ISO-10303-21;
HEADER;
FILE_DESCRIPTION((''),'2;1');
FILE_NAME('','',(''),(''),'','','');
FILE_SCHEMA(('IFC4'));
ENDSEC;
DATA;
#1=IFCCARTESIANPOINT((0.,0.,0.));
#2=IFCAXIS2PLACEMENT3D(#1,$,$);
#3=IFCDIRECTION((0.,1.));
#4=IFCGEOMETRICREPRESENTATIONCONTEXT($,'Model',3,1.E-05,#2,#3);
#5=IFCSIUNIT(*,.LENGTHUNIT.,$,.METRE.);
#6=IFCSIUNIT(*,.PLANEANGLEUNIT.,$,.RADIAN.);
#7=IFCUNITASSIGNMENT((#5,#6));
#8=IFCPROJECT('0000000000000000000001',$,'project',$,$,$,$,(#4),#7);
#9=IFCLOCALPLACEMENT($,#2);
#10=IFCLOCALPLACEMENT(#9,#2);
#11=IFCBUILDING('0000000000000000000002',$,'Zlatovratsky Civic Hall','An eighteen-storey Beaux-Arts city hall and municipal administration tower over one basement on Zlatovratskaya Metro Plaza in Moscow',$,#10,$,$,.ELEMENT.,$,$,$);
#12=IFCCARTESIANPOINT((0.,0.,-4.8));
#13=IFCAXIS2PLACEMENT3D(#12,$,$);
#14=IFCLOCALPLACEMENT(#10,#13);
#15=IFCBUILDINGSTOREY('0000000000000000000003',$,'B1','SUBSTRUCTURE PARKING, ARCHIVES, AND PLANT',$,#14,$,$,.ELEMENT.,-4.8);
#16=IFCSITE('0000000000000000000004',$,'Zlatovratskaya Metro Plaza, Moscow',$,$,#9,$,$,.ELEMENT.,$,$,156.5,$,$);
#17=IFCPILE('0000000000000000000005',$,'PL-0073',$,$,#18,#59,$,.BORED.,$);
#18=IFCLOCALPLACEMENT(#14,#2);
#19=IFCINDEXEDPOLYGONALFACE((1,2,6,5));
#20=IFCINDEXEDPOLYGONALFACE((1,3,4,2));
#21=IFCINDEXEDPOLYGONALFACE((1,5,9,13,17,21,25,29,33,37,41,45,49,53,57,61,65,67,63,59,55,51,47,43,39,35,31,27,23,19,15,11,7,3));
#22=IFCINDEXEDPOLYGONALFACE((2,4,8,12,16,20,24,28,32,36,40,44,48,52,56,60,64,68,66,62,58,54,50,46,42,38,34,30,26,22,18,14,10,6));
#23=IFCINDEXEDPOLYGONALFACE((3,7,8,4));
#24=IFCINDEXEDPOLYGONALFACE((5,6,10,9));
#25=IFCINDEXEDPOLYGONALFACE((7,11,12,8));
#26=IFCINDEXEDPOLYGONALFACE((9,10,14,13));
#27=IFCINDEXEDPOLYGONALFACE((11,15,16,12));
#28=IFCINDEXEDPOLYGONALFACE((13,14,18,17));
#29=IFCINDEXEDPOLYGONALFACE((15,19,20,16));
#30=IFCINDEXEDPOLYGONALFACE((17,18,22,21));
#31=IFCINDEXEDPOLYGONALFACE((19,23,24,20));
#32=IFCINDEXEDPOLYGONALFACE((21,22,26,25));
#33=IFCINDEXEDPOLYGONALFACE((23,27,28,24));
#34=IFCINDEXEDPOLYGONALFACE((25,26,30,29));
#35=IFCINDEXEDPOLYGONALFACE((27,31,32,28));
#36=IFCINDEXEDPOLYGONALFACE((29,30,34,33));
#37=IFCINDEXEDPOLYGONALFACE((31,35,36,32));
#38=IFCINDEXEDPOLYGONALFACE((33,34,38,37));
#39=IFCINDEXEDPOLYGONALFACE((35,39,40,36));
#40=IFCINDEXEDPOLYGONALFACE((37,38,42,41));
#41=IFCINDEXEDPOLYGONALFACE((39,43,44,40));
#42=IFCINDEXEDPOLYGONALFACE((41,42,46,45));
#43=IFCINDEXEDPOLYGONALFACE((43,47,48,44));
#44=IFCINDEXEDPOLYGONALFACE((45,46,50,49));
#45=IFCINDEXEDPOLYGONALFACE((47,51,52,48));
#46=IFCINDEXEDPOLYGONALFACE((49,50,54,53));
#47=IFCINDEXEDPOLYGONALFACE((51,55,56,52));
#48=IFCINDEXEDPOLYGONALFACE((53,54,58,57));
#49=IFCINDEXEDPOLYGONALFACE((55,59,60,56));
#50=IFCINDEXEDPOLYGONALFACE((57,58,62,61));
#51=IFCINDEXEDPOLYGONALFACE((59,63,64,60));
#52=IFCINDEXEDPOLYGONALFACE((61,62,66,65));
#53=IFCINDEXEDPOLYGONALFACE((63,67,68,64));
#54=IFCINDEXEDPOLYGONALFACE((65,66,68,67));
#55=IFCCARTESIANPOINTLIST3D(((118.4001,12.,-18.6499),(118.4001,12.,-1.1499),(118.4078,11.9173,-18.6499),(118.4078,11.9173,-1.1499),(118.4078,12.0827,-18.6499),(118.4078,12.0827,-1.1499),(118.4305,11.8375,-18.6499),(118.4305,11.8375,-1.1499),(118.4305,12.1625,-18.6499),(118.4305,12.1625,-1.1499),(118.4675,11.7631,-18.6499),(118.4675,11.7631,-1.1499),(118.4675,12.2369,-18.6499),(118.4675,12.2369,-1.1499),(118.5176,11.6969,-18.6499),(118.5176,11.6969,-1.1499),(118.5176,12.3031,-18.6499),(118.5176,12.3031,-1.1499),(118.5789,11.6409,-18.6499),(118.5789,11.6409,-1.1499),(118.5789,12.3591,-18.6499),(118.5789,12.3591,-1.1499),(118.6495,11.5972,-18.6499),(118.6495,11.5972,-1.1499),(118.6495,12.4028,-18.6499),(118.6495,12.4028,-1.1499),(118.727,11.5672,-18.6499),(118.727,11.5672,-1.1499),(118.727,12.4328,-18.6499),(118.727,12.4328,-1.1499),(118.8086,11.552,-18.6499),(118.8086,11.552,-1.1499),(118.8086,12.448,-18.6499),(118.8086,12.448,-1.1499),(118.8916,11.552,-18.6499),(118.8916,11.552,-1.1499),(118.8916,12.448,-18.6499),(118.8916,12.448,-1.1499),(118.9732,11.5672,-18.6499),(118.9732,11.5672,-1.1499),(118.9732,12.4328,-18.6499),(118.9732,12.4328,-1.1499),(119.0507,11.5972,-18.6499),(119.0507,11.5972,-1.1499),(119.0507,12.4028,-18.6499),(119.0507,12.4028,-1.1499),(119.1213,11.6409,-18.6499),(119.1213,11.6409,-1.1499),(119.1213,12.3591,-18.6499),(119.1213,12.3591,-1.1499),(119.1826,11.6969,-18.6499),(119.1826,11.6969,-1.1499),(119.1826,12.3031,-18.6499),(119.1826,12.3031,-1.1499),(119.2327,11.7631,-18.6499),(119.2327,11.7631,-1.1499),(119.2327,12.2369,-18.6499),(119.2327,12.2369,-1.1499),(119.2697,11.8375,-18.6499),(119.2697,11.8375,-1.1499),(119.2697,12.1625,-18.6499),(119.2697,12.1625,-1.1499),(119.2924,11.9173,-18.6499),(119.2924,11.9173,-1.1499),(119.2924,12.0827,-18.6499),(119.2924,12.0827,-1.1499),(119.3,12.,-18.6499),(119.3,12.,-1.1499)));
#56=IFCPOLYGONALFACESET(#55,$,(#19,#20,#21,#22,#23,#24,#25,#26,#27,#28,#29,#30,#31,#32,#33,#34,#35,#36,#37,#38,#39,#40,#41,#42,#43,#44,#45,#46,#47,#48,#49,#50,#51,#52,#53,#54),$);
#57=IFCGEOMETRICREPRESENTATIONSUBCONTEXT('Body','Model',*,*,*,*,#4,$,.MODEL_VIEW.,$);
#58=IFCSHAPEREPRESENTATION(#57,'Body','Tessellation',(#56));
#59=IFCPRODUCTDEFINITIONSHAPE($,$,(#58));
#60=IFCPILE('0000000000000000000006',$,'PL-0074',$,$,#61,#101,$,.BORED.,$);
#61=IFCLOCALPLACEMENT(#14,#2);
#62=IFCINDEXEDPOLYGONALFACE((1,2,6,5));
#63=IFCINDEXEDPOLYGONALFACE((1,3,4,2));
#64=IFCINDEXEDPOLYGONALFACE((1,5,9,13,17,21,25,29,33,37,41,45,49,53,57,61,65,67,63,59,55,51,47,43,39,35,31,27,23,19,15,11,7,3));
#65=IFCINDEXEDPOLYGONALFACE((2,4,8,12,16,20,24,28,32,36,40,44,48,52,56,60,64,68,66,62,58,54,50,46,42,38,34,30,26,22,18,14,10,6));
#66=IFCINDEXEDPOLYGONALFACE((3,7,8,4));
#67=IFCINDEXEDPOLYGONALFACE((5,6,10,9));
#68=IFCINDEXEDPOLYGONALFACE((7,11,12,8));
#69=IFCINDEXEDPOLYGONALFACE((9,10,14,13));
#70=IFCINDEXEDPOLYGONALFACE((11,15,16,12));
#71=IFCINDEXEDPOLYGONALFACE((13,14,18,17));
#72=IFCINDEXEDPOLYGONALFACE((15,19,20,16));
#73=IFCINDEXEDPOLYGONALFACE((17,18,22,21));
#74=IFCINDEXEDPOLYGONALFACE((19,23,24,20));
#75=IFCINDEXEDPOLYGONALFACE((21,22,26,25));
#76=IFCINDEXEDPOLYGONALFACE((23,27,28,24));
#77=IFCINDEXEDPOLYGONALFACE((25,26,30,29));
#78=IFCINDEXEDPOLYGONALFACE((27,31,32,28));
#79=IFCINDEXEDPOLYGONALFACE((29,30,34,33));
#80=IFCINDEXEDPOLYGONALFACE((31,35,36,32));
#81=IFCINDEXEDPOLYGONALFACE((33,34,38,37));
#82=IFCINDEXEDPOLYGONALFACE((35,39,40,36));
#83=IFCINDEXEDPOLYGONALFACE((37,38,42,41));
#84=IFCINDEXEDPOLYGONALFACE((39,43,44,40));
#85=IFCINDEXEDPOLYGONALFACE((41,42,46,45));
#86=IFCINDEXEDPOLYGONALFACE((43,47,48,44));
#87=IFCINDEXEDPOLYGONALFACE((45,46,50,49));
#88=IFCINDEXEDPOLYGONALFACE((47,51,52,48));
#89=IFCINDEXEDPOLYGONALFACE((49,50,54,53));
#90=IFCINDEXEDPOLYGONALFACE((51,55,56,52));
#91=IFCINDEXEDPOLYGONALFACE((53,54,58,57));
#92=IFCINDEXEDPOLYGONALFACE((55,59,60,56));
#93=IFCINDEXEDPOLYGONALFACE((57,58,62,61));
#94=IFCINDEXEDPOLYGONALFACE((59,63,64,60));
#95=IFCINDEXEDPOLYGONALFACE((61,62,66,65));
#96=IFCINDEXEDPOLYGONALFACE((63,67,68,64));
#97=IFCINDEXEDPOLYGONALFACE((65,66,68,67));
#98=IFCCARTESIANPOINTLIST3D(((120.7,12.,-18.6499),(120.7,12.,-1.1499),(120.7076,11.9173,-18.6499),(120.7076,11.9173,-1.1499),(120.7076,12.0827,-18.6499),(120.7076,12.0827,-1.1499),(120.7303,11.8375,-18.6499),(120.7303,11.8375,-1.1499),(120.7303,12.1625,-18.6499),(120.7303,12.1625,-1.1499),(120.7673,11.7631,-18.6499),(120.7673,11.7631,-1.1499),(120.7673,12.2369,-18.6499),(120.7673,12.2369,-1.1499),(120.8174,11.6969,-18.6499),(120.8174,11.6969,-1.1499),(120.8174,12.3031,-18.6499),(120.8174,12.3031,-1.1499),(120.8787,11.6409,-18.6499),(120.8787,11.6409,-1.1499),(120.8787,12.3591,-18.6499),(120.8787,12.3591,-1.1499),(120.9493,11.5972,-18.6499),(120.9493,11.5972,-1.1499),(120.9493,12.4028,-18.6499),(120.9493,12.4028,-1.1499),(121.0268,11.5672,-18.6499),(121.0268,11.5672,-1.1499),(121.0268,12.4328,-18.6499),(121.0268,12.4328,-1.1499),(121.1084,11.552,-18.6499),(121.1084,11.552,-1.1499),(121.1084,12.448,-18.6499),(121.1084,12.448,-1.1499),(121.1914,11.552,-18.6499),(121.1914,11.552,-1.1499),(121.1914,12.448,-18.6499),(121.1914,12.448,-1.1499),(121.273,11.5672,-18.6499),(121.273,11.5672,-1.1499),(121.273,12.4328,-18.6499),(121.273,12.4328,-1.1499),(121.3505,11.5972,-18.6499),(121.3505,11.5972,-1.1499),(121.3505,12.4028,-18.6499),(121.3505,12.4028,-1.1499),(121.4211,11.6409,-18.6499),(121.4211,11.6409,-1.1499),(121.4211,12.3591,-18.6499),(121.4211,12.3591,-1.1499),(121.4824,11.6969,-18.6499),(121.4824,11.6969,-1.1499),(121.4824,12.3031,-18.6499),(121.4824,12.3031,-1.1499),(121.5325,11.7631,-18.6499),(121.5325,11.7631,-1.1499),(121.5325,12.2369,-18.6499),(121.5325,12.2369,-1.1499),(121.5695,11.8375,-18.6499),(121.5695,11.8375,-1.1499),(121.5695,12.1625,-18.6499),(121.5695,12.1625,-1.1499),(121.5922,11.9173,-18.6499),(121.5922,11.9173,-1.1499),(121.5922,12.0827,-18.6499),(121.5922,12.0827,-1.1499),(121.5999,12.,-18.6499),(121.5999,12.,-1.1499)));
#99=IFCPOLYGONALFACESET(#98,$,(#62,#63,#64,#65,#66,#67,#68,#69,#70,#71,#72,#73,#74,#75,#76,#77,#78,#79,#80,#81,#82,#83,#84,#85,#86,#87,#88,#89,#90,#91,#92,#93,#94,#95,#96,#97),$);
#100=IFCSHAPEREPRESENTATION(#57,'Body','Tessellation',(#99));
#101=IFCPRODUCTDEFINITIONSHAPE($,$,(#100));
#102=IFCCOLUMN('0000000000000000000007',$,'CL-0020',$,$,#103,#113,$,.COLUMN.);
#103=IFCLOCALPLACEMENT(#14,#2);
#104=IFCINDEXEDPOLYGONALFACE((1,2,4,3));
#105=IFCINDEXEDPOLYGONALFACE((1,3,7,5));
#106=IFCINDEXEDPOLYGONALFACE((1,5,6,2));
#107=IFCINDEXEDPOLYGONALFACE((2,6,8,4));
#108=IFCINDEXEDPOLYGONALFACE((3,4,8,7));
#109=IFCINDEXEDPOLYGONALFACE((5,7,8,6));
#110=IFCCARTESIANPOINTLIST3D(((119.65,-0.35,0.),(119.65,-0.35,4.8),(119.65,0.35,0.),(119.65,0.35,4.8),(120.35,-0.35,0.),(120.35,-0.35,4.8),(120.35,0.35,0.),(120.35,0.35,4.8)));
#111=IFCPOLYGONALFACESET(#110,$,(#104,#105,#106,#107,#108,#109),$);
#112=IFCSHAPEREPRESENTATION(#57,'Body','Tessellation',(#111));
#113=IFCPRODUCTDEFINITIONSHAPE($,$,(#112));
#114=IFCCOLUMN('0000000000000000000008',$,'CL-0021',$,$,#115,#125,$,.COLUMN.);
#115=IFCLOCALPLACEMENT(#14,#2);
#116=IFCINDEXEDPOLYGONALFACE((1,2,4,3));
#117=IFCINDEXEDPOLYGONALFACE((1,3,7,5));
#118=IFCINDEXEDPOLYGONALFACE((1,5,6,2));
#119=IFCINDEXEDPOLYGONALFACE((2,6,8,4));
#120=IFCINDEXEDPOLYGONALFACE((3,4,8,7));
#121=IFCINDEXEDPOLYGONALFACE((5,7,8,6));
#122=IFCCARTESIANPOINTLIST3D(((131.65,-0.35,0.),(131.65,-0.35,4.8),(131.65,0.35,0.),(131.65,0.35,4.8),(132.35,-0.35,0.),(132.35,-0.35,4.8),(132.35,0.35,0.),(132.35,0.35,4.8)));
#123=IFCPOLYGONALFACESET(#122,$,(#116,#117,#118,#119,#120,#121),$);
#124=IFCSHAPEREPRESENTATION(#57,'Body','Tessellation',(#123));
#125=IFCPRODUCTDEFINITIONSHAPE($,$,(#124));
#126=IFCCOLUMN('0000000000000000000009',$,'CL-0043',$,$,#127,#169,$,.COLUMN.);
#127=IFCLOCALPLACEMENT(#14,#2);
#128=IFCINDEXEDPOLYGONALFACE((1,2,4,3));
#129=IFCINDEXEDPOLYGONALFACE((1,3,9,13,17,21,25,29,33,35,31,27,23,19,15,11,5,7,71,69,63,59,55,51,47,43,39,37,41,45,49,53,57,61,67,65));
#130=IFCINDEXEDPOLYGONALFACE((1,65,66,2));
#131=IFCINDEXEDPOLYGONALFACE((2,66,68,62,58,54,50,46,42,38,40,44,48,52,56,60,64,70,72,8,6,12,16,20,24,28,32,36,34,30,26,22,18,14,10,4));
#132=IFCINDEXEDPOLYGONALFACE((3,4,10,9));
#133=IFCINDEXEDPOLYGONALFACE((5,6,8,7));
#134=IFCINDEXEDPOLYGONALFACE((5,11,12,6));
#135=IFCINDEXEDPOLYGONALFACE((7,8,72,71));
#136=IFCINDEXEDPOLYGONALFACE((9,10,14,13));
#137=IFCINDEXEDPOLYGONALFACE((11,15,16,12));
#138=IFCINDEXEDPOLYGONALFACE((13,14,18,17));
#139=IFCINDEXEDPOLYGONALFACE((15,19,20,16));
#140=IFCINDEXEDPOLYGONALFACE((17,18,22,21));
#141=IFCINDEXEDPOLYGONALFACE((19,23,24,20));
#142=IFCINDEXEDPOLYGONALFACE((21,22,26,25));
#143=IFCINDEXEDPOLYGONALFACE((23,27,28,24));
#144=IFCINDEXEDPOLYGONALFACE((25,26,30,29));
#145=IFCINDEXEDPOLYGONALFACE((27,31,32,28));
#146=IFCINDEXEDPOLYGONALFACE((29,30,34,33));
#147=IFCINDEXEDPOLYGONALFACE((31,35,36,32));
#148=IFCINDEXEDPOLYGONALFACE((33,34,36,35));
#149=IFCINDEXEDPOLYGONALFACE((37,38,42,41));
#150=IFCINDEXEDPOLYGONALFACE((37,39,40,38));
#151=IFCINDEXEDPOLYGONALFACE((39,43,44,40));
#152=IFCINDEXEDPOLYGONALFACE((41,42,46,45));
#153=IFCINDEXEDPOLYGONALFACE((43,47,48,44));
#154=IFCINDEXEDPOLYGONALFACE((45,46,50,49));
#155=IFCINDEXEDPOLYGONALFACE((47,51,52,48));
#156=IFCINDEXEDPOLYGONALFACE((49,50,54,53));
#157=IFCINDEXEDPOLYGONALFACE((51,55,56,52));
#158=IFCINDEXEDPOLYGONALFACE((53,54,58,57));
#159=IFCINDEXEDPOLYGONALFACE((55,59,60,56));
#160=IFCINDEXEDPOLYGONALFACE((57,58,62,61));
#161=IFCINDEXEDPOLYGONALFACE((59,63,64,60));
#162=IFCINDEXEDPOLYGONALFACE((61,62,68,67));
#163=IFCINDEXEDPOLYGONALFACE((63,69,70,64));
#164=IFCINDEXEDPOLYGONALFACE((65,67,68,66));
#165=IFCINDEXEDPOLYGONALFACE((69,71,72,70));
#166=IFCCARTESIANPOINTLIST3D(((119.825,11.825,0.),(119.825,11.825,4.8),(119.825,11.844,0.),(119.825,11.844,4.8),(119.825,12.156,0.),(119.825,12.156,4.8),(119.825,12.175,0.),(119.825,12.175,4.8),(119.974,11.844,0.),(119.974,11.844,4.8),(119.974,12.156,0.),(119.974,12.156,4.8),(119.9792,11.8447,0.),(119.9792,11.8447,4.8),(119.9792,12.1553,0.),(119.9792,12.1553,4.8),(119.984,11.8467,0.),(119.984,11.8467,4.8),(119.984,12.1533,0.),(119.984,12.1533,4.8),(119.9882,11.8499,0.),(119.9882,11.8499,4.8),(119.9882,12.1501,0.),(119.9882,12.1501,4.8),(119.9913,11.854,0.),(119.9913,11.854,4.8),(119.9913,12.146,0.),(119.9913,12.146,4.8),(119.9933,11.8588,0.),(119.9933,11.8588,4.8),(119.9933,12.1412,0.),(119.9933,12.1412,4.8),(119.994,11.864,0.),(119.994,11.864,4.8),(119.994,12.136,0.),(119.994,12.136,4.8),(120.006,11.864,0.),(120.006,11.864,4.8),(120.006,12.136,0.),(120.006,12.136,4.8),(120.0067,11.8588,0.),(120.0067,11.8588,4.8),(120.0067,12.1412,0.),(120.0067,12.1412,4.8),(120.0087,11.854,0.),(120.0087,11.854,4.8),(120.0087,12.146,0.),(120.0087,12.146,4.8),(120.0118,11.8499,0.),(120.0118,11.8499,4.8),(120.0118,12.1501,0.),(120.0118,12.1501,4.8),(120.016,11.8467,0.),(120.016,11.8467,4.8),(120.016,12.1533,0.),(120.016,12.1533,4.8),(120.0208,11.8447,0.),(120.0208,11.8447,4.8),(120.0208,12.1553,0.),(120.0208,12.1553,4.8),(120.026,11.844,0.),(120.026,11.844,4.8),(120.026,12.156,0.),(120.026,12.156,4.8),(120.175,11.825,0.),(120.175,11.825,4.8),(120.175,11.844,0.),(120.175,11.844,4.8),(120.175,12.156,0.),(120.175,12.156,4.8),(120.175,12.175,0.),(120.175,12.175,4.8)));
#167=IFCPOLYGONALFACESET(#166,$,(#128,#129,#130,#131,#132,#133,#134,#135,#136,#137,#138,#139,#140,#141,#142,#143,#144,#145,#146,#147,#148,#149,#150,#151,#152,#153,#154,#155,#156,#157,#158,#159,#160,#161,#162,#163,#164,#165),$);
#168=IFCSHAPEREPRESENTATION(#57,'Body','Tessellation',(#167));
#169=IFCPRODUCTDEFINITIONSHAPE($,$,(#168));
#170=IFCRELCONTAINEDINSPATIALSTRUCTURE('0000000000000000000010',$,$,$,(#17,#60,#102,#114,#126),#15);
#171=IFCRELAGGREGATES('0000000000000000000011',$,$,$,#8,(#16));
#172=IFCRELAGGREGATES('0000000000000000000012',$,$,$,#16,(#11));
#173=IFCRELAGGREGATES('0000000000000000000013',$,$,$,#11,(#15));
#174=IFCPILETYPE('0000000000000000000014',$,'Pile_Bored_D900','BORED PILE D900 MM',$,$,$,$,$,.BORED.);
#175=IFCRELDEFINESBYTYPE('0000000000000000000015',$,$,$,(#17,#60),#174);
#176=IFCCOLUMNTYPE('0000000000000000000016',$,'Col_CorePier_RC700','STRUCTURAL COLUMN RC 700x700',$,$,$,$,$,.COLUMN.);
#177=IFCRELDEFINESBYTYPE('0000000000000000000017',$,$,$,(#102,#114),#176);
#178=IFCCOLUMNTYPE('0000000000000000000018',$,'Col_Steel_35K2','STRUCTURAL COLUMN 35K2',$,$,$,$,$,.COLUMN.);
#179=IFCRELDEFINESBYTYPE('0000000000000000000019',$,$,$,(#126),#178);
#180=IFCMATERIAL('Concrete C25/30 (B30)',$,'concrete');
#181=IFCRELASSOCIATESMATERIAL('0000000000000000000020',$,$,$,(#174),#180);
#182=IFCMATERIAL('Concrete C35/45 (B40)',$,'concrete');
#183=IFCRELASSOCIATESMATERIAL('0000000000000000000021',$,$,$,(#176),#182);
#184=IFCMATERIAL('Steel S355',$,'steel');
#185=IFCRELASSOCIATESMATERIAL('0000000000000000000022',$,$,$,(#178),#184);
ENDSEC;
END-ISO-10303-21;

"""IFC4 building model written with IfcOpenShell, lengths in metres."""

from ifc_helpers import new_model, si_unit, direction, frame, origin, origin_2d, place, context, subcontext, project, spatial, rectangle, circle, i_section, extrude, material, material_profile, profile_set, type_object, element, save


model = new_model("IFC4")

# Units and contexts
model_context = context("Model", 3, precision=1e-05, world=origin(), true_north=direction((0.0, 1.0)))
body_context = subcontext(model_context, "Body", "Model", "MODEL_VIEW")
ifc_project = project(units=[si_unit("LENGTHUNIT", "METRE"), si_unit("PLANEANGLEUNIT", "RADIAN")], contexts=[model_context])

# Site, building, storey
site_placement = place(None, origin())
site = spatial("IfcSite", under=ifc_project, at=site_placement, Name="Zlatovratskaya Metro Plaza, Moscow", CompositionType="ELEMENT", RefElevation=156.5)
building_placement = place(site_placement, origin())
building = spatial("IfcBuilding", under=site, at=building_placement, Name="Zlatovratsky Civic Hall", Description="An eighteen-storey Beaux-Arts city hall and municipal administration tower over one basement on Zlatovratskaya Metro Plaza in Moscow", CompositionType="ELEMENT")
storey_placement = place(building_placement, frame((0.0, 0.0, -4.8)))
storey = spatial("IfcBuildingStorey", under=building, at=storey_placement, Name="B1", Description="SUBSTRUCTURE PARKING, ARCHIVES, AND PLANT", CompositionType="ELEMENT", Elevation=-4.8)

# Shared definitions
ifc_material_1 = material(Name="Concrete C25/30 (B30)", Category="concrete")

# Piles
ifc_material_profile_1 = material_profile(ifc_material_1, circle(Radius=0.45, at=origin_2d()), Name="PILE D900")
ifc_profile_set_1 = profile_set([ifc_material_profile_1], Name="Concrete C25/30 (B30)")
pile_type_1 = type_object("IfcPileType", Name="Pile_Bored_D900", Description="BORED PILE D900 MM", PredefinedType="BORED", material=ifc_profile_set_1)
for number, where, z_axis, x_axis, name in (
    (1, (118.8501, 12.0, -1.1499), (0.0, 0.0, -1.0), (1.0, 0.0, 0.0), "PL-0073"),
    (2, (121.1499, 12.0, -1.1499), (0.0, 0.0, -1.0), (1.0, 0.0, 0.0), "PL-0074"),
):
    element("IfcPile", number, at=place(storey_placement, frame(where, z_axis=z_axis, x_axis=x_axis)), inside=storey, type_object=pile_type_1, Name=name, PredefinedType="BORED", context=body_context, shape_type="SweptSolid", body=[
        extrude(circle(Radius=0.45, at=origin_2d()), origin(), (0.0, 0.0, 1.0), 17.5),
    ])

# Columns
ifc_material_2 = material(Name="Concrete C35/45 (B40)", Category="concrete")
ifc_material_profile_2 = material_profile(ifc_material_2, rectangle(XDim=0.7, YDim=0.7, at=origin_2d()), Name="RC 700x700")
ifc_profile_set_2 = profile_set([ifc_material_profile_2], Name="Concrete C35/45 (B40)")
column_type_1 = type_object("IfcColumnType", Name="Col_CorePier_RC700", Description="STRUCTURAL COLUMN RC 700x700", PredefinedType="COLUMN", material=ifc_profile_set_2)
for number, where, z_axis, x_axis, name in (
    (3, (120.0, 0.0, 0.0), (0.0, 0.0, 1.0), (1.0, 0.0, 0.0), "CL-0020"),
    (4, (132.0, 0.0, 0.0), (0.0, 0.0, 1.0), (1.0, 0.0, 0.0), "CL-0021"),
):
    element("IfcColumn", number, at=place(storey_placement, frame(where, z_axis=z_axis, x_axis=x_axis)), inside=storey, type_object=column_type_1, Name=name, PredefinedType="COLUMN", context=body_context, shape_type="SweptSolid", body=[
        extrude(rectangle(XDim=0.7, YDim=0.7, at=origin_2d()), origin(), (0.0, 0.0, 1.0), 4.8),
    ])
ifc_material_3 = material(Name="Steel S355", Category="steel")
ifc_material_profile_3 = material_profile(ifc_material_3, i_section(OverallWidth=0.3501, OverallDepth=0.3501, WebThickness=0.012, FlangeThickness=0.019, FilletRadius=0.02, at=origin_2d()), Name="35K2")
ifc_profile_set_3 = profile_set([ifc_material_profile_3], Name="Steel S355")
column_type_2 = type_object("IfcColumnType", Name="Col_Steel_35K2", Description="STRUCTURAL COLUMN 35K2", PredefinedType="COLUMN", material=ifc_profile_set_3)
for number, where, z_axis, x_axis, name in (
    (5, (120.0, 12.0, 0.0), (0.0, 0.0, 1.0), (1.0, 0.0, 0.0), "CL-0043"),
):
    element("IfcColumn", number, at=place(storey_placement, frame(where, z_axis=z_axis, x_axis=x_axis)), inside=storey, type_object=column_type_2, Name=name, PredefinedType="COLUMN", context=body_context, shape_type="SweptSolid", body=[
        extrude(i_section(OverallWidth=0.3501, OverallDepth=0.3501, WebThickness=0.012, FlangeThickness=0.019, FilletRadius=0.02, at=origin_2d()), origin(), (0.0, 0.0, 1.0), 4.8),
    ])

save(model, "model.ifc")
